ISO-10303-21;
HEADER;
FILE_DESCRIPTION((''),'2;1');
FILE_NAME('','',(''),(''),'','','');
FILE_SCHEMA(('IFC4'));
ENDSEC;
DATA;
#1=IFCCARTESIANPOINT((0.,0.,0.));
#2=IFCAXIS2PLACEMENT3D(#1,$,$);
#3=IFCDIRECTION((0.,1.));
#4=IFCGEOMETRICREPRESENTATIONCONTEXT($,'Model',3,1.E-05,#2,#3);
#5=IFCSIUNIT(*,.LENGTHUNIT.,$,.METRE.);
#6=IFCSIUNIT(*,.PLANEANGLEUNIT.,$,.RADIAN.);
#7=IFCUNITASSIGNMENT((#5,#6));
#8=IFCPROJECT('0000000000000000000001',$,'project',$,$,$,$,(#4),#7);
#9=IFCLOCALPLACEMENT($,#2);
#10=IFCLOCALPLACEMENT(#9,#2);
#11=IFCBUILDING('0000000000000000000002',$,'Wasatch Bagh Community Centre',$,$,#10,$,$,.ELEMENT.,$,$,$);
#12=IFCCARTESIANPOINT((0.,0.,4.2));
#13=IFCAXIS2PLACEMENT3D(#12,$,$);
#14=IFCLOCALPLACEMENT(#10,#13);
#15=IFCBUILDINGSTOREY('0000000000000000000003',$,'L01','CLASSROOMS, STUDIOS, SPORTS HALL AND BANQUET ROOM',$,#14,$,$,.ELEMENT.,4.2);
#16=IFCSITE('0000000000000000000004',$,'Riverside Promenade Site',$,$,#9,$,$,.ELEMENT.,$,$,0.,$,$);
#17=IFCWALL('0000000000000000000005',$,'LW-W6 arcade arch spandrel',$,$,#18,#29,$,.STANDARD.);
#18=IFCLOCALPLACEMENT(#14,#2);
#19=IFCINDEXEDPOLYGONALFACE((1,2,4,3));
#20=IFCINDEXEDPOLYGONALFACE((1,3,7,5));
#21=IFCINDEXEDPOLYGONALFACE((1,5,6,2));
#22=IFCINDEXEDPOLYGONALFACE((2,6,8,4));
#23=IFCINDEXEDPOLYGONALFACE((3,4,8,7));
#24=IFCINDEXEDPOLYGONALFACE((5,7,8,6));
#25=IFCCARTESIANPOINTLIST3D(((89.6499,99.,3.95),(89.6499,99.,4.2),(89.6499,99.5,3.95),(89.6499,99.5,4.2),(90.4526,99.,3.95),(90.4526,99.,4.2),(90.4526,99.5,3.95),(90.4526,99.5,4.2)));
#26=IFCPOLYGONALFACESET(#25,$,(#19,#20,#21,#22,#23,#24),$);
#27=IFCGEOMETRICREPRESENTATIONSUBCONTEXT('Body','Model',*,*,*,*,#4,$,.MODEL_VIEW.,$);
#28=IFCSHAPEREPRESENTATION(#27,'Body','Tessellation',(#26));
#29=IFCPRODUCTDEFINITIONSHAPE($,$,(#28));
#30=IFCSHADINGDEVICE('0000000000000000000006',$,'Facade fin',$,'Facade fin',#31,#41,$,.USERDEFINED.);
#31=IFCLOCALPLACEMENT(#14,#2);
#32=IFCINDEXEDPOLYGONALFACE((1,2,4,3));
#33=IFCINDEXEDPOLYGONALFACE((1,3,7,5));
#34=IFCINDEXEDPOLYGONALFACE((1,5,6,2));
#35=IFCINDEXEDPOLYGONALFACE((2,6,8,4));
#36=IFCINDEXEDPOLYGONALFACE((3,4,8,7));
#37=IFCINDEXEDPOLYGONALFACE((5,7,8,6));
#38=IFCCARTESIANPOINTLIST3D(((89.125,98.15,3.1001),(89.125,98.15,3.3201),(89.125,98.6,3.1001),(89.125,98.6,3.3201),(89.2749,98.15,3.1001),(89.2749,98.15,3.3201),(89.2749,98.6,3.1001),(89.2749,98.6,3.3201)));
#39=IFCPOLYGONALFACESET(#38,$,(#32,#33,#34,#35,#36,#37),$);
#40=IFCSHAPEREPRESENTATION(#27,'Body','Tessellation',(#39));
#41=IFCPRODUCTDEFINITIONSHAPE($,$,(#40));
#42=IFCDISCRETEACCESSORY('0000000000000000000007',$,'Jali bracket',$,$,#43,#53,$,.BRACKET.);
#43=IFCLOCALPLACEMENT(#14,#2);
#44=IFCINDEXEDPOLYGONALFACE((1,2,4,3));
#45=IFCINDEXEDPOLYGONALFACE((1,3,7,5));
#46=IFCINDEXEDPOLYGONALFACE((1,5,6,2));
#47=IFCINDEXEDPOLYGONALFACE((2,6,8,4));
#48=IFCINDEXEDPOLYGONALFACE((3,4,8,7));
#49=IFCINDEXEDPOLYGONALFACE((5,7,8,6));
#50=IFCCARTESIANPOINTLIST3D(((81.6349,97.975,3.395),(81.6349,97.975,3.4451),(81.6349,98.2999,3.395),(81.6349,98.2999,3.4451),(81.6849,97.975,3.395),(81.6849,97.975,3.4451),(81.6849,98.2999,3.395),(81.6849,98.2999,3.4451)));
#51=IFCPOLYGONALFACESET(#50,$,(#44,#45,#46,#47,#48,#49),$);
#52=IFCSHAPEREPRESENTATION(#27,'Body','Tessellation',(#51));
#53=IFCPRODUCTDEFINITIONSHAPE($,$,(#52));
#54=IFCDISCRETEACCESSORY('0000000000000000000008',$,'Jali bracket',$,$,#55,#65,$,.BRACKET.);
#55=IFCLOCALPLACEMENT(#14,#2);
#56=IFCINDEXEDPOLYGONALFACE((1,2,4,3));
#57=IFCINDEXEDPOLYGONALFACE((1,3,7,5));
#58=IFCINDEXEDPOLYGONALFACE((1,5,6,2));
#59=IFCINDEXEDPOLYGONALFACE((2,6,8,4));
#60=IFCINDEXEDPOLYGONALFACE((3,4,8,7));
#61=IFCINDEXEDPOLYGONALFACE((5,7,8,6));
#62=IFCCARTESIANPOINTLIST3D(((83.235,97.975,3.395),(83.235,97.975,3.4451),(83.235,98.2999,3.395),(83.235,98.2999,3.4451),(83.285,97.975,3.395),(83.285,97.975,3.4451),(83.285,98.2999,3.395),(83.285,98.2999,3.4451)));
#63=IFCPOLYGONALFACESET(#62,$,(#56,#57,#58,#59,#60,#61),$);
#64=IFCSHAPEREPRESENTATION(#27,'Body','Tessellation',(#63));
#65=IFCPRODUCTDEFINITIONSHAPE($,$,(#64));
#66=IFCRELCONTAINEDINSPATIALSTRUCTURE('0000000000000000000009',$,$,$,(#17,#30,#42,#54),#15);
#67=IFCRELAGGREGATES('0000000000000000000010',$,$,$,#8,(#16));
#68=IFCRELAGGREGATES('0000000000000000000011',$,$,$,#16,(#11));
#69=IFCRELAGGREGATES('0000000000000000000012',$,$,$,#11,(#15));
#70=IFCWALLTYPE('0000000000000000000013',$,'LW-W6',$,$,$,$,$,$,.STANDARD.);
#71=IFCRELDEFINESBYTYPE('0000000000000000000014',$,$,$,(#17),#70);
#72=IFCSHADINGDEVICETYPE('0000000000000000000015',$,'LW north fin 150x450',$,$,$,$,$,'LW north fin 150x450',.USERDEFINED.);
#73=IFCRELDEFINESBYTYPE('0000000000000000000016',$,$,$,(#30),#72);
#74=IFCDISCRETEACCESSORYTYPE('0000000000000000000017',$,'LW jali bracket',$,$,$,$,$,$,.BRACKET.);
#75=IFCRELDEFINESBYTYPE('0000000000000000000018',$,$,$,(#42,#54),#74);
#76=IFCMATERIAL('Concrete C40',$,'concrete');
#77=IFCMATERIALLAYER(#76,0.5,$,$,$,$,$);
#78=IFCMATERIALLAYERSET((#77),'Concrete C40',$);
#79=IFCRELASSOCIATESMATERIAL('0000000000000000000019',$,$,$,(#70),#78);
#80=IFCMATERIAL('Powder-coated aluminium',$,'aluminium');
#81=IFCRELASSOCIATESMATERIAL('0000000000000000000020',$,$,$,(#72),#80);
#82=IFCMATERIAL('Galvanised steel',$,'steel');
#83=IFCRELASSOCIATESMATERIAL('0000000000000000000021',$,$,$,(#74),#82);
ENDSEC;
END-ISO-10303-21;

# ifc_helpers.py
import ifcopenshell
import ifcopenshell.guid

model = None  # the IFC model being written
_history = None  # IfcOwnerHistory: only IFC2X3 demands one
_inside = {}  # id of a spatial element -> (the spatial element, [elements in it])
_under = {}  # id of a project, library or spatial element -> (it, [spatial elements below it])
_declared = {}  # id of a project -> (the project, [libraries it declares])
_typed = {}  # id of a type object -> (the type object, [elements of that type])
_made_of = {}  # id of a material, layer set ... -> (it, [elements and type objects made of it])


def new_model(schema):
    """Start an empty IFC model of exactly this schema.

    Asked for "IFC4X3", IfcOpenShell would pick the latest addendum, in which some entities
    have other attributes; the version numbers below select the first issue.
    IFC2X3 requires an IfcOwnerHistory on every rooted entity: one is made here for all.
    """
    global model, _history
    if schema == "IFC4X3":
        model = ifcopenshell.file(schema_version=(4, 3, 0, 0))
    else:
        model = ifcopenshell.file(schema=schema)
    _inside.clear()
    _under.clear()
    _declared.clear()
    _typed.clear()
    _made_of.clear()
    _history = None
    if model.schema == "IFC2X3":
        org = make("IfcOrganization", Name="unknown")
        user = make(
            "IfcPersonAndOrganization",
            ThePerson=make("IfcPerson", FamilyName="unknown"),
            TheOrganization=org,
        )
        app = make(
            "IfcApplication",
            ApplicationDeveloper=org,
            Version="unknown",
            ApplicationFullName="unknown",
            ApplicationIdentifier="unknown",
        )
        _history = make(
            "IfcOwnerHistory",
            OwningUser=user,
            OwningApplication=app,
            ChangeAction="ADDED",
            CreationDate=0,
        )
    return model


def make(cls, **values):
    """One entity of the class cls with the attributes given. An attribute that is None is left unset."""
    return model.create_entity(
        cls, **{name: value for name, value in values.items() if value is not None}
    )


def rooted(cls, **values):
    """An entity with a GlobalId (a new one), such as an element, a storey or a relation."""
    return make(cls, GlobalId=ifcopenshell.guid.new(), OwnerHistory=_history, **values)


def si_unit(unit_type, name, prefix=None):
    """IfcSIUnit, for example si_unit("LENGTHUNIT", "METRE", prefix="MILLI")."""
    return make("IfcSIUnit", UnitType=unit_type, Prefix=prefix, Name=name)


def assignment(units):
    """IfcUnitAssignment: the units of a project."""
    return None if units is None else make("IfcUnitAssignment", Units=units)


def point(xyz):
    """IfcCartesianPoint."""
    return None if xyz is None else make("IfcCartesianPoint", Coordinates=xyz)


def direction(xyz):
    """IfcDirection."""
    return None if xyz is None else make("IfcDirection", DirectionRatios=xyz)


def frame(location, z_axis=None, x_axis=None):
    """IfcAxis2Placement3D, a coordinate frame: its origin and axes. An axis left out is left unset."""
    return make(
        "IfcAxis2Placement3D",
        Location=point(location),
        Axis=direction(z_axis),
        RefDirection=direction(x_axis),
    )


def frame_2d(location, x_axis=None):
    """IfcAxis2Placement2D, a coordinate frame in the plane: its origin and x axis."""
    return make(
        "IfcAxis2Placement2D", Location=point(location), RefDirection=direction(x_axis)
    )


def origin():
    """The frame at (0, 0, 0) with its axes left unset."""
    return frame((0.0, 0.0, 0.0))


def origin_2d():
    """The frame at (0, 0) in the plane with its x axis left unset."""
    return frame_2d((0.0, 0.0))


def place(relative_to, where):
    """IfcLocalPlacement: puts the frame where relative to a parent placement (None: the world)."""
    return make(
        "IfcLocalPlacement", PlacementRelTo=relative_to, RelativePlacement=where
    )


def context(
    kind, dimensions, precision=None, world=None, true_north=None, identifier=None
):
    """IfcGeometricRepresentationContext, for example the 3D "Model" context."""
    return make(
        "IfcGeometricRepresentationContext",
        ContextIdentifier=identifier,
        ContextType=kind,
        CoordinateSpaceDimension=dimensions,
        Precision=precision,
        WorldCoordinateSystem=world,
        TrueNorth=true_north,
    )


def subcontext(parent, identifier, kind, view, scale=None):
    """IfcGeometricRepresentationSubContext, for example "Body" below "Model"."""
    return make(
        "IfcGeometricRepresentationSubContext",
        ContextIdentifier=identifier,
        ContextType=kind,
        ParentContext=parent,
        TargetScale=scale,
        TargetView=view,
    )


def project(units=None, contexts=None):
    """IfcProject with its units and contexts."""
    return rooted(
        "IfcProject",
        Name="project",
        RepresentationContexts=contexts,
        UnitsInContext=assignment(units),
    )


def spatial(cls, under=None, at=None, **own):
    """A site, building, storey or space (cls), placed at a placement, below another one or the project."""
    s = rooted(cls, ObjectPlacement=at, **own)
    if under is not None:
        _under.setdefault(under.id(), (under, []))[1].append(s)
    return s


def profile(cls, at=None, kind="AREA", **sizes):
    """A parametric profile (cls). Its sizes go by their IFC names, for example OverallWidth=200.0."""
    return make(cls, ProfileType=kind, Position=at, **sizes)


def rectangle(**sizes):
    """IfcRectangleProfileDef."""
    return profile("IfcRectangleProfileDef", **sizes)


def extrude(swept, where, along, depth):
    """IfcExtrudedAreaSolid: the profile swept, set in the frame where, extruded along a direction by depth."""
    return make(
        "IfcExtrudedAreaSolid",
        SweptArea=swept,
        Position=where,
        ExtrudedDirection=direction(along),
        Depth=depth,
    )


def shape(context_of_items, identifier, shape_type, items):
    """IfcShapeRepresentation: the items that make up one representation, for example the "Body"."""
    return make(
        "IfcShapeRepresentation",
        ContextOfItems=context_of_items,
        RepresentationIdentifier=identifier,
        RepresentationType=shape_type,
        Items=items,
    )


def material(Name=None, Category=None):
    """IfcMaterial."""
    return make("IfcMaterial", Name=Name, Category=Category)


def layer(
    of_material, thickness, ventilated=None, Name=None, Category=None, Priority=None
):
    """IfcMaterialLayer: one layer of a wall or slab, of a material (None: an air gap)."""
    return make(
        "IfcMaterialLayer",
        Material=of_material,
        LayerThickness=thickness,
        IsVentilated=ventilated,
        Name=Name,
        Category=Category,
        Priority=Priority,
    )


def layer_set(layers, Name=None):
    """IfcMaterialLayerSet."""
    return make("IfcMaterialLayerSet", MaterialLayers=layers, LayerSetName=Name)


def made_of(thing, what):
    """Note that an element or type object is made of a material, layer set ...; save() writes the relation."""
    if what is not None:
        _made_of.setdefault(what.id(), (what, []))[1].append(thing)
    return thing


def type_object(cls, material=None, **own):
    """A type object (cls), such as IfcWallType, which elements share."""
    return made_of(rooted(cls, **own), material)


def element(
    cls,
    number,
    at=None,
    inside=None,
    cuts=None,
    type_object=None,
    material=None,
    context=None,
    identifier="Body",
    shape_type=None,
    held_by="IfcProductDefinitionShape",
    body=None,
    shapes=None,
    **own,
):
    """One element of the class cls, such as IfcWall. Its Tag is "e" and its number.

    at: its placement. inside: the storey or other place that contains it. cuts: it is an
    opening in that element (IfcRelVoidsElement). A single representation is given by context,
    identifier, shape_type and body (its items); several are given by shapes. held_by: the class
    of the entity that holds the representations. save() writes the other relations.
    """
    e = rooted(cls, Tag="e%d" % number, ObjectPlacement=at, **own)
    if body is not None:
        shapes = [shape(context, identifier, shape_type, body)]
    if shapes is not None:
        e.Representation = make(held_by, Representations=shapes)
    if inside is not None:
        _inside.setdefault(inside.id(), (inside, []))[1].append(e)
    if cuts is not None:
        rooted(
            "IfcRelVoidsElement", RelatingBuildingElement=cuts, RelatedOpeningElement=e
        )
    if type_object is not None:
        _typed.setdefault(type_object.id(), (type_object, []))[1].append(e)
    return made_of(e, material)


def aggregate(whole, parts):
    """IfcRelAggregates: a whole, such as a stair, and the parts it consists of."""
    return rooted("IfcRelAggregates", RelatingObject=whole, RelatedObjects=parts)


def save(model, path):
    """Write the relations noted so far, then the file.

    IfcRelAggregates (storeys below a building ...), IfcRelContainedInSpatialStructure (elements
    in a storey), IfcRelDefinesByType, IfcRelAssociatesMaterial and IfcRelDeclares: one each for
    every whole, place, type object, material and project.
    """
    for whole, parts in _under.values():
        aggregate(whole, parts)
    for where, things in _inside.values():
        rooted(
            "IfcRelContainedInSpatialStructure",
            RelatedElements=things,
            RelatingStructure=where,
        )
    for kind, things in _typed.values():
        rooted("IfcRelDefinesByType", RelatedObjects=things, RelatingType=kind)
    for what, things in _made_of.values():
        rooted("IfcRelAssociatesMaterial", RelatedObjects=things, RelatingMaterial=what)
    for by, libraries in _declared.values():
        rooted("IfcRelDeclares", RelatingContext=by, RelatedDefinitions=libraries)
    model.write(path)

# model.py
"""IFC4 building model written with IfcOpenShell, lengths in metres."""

from ifc_helpers import new_model, si_unit, direction, frame, frame_2d, origin, origin_2d, place, context, subcontext, project, spatial, rectangle, extrude, material, layer, layer_set, type_object, element, save


model = new_model("IFC4")

# Units and contexts
model_context = context("Model", 3, precision=1e-05, world=origin(), true_north=direction((0.0, 1.0)))
body_context = subcontext(model_context, "Body", "Model", "MODEL_VIEW")
ifc_project = project(units=[si_unit("LENGTHUNIT", "METRE"), si_unit("PLANEANGLEUNIT", "RADIAN")], contexts=[model_context])

# Site, building, storey
site_placement = place(None, origin())
site = spatial("IfcSite", under=ifc_project, at=site_placement, Name="Riverside Promenade Site", CompositionType="ELEMENT", RefElevation=0.0)
building_placement = place(site_placement, origin())
building = spatial("IfcBuilding", under=site, at=building_placement, Name="Wasatch Bagh Community Centre", CompositionType="ELEMENT")
storey_placement = place(building_placement, frame((0.0, 0.0, 4.2)))
storey = spatial("IfcBuildingStorey", under=building, at=storey_placement, Name="L01", Description="CLASSROOMS, STUDIOS, SPORTS HALL AND BANQUET ROOM", CompositionType="ELEMENT", Elevation=4.2)

# Shared definitions
ifc_material_1 = material(Name="Concrete C40", Category="concrete")

# Wall
ifc_layer_1 = layer(ifc_material_1, 0.5)
ifc_layer_set_1 = layer_set([ifc_layer_1], Name="Concrete C40")
wall_type = type_object("IfcWallType", Name="LW-W6", PredefinedType="STANDARD", material=ifc_layer_set_1)
wall_1_placement = place(storey_placement, frame((89.6499, 99.25, 3.95), z_axis=(0.0, 0.0, 1.0), x_axis=(1.0, 0.0, 0.0)))
element("IfcWall", 1, at=wall_1_placement, inside=storey, type_object=wall_type, Name="LW-W6 arcade arch spandrel", PredefinedType="STANDARD", context=body_context, shape_type="SweptSolid", body=[
    extrude(rectangle(XDim=0.8027, YDim=0.5, at=frame_2d((0.4014, 0.0))), origin(), (0.0, 0.0, 1.0), 0.25),
])

# Shading device
ifc_material_2 = material(Name="Powder-coated aluminium", Category="aluminium")
shading_device_type = type_object("IfcShadingDeviceType", Name="LW north fin 150x450", ElementType="LW north fin 150x450", PredefinedType="USERDEFINED", material=ifc_material_2)
shading_device_placement = place(storey_placement, frame((89.2, 98.375, 3.1001), z_axis=(0.0, 0.0, 1.0), x_axis=(1.0, 0.0, 0.0)))
element("IfcShadingDevice", 2, at=shading_device_placement, inside=storey, type_object=shading_device_type, Name="Facade fin", ObjectType="Facade fin", PredefinedType="USERDEFINED", context=body_context, shape_type="SweptSolid", body=[
    extrude(rectangle(XDim=0.1499, YDim=0.45, at=origin_2d()), origin(), (0.0, 0.0, 1.0), 0.22),
])

# Discrete accessories
ifc_material_3 = material(Name="Galvanised steel", Category="steel")
discrete_accessory_type = type_object("IfcDiscreteAccessoryType", Name="LW jali bracket", PredefinedType="BRACKET", material=ifc_material_3)
for number, where, z_axis, x_axis, name in (
    (3, (81.6599, 98.1375, 3.395), (0.0, 0.0, 1.0), (1.0, 0.0, 0.0), "Jali bracket"),
    (4, (83.26, 98.1375, 3.395), (0.0, 0.0, 1.0), (1.0, 0.0, 0.0), "Jali bracket"),
):
    element("IfcDiscreteAccessory", number, at=place(storey_placement, frame(where, z_axis=z_axis, x_axis=x_axis)), inside=storey, type_object=discrete_accessory_type, Name=name, PredefinedType="BRACKET", context=body_context, shape_type="SweptSolid", body=[
        extrude(rectangle(XDim=0.05, YDim=0.325, at=origin_2d()), origin(), (0.0, 0.0, 1.0), 0.05),
    ])

save(model, "model.ifc")
